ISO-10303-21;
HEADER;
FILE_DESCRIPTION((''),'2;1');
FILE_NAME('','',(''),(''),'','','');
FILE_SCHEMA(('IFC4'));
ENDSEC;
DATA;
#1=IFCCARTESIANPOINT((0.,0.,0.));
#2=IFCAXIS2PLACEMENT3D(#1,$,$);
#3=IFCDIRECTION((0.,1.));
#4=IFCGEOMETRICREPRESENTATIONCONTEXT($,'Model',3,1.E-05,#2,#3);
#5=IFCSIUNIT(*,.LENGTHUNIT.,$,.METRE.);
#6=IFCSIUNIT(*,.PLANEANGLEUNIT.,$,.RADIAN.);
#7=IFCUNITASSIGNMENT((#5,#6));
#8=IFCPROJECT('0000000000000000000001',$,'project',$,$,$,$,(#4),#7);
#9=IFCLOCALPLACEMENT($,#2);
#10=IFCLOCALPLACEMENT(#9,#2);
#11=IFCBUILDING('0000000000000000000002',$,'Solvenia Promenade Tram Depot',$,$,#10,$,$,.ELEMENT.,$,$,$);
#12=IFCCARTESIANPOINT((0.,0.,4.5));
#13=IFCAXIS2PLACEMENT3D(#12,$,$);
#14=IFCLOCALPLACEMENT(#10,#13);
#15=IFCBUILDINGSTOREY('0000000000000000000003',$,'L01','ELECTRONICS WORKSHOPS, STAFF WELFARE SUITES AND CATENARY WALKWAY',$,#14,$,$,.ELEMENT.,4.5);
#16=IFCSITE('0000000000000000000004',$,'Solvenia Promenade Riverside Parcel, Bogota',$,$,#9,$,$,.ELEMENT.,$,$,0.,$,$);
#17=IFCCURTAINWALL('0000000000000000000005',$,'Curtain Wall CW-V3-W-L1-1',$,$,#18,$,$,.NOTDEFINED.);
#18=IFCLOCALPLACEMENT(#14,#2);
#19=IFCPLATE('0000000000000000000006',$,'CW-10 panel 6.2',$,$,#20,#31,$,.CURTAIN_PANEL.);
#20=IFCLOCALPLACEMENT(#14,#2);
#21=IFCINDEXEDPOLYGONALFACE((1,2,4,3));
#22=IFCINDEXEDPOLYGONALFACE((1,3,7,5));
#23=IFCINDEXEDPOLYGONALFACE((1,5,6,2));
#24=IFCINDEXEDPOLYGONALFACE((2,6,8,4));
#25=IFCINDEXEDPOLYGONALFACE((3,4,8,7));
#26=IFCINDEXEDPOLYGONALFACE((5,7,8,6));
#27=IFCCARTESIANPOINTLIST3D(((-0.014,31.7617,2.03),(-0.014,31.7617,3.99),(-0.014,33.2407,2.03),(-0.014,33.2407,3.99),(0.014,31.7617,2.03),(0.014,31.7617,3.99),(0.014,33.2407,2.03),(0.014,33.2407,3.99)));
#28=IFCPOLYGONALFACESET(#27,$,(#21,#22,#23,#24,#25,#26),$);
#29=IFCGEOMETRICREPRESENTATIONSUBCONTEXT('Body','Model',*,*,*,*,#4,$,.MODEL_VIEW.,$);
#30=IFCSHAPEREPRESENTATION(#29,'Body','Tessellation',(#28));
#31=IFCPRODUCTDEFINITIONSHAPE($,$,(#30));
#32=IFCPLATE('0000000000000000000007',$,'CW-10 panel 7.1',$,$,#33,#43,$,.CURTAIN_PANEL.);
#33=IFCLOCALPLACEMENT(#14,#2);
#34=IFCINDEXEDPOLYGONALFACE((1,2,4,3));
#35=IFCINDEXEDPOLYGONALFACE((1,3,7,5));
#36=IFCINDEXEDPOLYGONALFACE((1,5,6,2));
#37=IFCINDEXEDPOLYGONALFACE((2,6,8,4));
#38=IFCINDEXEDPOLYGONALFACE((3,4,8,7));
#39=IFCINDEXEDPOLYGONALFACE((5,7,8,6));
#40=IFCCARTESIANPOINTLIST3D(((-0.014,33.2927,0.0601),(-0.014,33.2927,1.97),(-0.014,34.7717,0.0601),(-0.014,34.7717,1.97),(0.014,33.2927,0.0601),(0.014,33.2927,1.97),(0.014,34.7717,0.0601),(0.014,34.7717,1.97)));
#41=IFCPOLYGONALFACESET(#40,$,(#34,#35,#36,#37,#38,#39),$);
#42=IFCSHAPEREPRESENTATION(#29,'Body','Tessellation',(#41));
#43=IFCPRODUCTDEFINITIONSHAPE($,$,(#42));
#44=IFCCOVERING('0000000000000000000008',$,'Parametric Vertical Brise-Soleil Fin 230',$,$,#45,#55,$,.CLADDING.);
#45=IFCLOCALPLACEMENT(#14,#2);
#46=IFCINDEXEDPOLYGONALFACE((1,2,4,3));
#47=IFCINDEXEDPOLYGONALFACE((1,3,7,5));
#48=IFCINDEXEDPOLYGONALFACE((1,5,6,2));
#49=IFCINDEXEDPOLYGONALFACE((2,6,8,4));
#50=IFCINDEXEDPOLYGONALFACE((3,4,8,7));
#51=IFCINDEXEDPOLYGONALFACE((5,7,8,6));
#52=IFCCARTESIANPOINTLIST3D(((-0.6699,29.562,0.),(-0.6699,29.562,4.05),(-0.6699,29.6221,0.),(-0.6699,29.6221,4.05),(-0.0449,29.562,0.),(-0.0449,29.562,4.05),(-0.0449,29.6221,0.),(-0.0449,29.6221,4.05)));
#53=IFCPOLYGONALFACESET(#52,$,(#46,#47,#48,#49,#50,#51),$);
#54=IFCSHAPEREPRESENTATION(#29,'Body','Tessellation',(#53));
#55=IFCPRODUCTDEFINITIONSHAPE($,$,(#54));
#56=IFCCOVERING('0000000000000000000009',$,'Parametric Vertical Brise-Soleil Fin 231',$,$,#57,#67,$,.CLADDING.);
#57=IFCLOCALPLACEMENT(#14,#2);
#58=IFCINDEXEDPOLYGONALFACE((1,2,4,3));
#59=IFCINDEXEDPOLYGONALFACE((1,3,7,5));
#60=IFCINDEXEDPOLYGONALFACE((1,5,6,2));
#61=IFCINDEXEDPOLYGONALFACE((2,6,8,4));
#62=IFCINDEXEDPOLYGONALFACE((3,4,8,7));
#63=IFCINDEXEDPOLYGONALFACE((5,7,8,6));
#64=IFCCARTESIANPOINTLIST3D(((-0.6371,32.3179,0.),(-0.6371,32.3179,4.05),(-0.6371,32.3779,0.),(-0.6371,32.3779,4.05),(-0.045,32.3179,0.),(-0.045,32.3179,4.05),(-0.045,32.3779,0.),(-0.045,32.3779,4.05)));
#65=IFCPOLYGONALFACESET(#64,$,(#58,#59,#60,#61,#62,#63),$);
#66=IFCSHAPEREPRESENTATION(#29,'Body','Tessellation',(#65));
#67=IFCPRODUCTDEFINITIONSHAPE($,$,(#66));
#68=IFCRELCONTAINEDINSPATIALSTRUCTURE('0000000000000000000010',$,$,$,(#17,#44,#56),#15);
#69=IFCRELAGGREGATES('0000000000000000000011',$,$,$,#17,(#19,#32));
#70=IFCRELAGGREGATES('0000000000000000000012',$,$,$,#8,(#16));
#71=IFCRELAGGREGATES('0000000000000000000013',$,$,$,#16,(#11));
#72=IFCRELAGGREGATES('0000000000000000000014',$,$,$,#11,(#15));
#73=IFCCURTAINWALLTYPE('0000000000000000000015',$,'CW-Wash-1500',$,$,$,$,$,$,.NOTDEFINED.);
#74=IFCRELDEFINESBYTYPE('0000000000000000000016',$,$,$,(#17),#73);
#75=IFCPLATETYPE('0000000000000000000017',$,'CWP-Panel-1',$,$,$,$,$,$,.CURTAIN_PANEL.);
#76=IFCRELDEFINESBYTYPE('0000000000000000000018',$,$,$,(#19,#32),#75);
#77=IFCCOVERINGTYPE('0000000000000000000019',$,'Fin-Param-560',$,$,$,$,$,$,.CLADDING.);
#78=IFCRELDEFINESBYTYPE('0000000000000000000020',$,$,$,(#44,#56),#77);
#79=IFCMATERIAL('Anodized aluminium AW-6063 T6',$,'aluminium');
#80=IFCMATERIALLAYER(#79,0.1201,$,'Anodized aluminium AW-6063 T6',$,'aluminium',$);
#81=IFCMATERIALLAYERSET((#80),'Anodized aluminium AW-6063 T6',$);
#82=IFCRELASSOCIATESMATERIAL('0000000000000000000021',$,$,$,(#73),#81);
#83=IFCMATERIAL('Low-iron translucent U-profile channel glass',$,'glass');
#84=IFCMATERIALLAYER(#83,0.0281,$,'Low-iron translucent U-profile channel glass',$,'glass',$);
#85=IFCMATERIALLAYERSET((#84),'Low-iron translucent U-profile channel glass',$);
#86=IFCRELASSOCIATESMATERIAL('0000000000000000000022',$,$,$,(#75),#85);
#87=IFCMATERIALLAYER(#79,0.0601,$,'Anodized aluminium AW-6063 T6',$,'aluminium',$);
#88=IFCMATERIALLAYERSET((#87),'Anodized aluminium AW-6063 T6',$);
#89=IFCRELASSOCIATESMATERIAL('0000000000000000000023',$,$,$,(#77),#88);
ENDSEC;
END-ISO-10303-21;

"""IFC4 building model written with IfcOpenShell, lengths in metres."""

from ifc_helpers import new_model, si_unit, direction, frame, origin, origin_2d, place, context, subcontext, project, spatial, rectangle, extrude, material, layer, layer_set, type_object, element, aggregate, save


model = new_model("IFC4")

# Units and contexts
model_context = context("Model", 3, precision=1e-05, world=origin(), true_north=direction((0.0, 1.0)))
body_context = subcontext(model_context, "Body", "Model", "MODEL_VIEW")
ifc_project = project(units=[si_unit("LENGTHUNIT", "METRE"), si_unit("PLANEANGLEUNIT", "RADIAN")], contexts=[model_context])

# Site, building, storey
site_placement = place(None, origin())
site = spatial("IfcSite", under=ifc_project, at=site_placement, Name="Solvenia Promenade Riverside Parcel, Bogota", CompositionType="ELEMENT", RefElevation=0.0)
building_placement = place(site_placement, origin())
building = spatial("IfcBuilding", under=site, at=building_placement, Name="Solvenia Promenade Tram Depot", CompositionType="ELEMENT")
storey_placement = place(building_placement, frame((0.0, 0.0, 4.5)))
storey = spatial("IfcBuildingStorey", under=building, at=storey_placement, Name="L01", Description="ELECTRONICS WORKSHOPS, STAFF WELFARE SUITES AND CATENARY WALKWAY", CompositionType="ELEMENT", Elevation=4.5)

# Curtain wall
ifc_material_1 = material(Name="Anodized aluminium AW-6063 T6", Category="aluminium")
ifc_layer_1 = layer(ifc_material_1, 0.1201, Name="Anodized aluminium AW-6063 T6", Category="aluminium")
ifc_layer_set_1 = layer_set([ifc_layer_1], Name="Anodized aluminium AW-6063 T6")
curtain_wall_type = type_object("IfcCurtainWallType", Name="CW-Wash-1500", PredefinedType="NOTDEFINED", material=ifc_layer_set_1)
curtain_wall_placement = place(storey_placement, origin())
curtain_wall = element("IfcCurtainWall", 1, at=curtain_wall_placement, inside=storey, type_object=curtain_wall_type, Name="Curtain Wall CW-V3-W-L1-1", PredefinedType="NOTDEFINED")

# Plates
ifc_material_2 = material(Name="Low-iron translucent U-profile channel glass", Category="glass")
ifc_layer_2 = layer(ifc_material_2, 0.0281, Name="Low-iron translucent U-profile channel glass", Category="glass")
ifc_layer_set_2 = layer_set([ifc_layer_2], Name="Low-iron translucent U-profile channel glass")
plate_type = type_object("IfcPlateType", Name="CWP-Panel-1", PredefinedType="CURTAIN_PANEL", material=ifc_layer_set_2)
plate_1_placement = place(storey_placement, frame((0.0, 32.5012, 2.03), z_axis=(0.0, 0.0, 1.0), x_axis=(0.0, 1.0, 0.0)))
plate_1 = element("IfcPlate", 2, at=plate_1_placement, type_object=plate_type, Name="CW-10 panel 6.2", PredefinedType="CURTAIN_PANEL", context=body_context, shape_type="SweptSolid", body=[
    extrude(rectangle(XDim=1.479, YDim=0.0281, at=origin_2d()), origin(), (0.0, 0.0, 1.0), 1.96),
])
plate_2_placement = place(storey_placement, frame((0.0, 34.0322, 0.0601), z_axis=(0.0, 0.0, 1.0), x_axis=(0.0, 1.0, 0.0)))
plate_2 = element("IfcPlate", 3, at=plate_2_placement, type_object=plate_type, Name="CW-10 panel 7.1", PredefinedType="CURTAIN_PANEL", context=body_context, shape_type="SweptSolid", body=[
    extrude(rectangle(XDim=1.479, YDim=0.0281, at=origin_2d()), origin(), (0.0, 0.0, 1.0), 1.9099),
])
aggregate(curtain_wall, [plate_1, plate_2])

# Coverings
ifc_layer_3 = layer(ifc_material_1, 0.0601, Name="Anodized aluminium AW-6063 T6", Category="aluminium")
ifc_layer_set_3 = layer_set([ifc_layer_3], Name="Anodized aluminium AW-6063 T6")
covering_type = type_object("IfcCoveringType", Name="Fin-Param-560", PredefinedType="CLADDING", material=ifc_layer_set_3)
covering_1_placement = place(storey_placement, frame((-0.3574, 29.592, 0.0), z_axis=(0.0, 0.0, 1.0), x_axis=(0.0, 1.0, 0.0)))
element("IfcCovering", 4, at=covering_1_placement, inside=storey, type_object=covering_type, Name="Parametric Vertical Brise-Soleil Fin 230", PredefinedType="CLADDING", context=body_context, shape_type="SweptSolid", body=[
    extrude(rectangle(XDim=0.0601, YDim=0.625, at=origin_2d()), origin(), (0.0, 0.0, 1.0), 4.05),
])
covering_2_placement = place(storey_placement, frame((-0.3411, 32.3479, 0.0), z_axis=(0.0, 0.0, 1.0), x_axis=(0.0, 1.0, 0.0)))
element("IfcCovering", 5, at=covering_2_placement, inside=storey, type_object=covering_type, Name="Parametric Vertical Brise-Soleil Fin 231", PredefinedType="CLADDING", context=body_context, shape_type="SweptSolid", body=[
    extrude(rectangle(XDim=0.0601, YDim=0.592, at=origin_2d()), origin(), (0.0, 0.0, 1.0), 4.05),
])

save(model, "model.ifc")
